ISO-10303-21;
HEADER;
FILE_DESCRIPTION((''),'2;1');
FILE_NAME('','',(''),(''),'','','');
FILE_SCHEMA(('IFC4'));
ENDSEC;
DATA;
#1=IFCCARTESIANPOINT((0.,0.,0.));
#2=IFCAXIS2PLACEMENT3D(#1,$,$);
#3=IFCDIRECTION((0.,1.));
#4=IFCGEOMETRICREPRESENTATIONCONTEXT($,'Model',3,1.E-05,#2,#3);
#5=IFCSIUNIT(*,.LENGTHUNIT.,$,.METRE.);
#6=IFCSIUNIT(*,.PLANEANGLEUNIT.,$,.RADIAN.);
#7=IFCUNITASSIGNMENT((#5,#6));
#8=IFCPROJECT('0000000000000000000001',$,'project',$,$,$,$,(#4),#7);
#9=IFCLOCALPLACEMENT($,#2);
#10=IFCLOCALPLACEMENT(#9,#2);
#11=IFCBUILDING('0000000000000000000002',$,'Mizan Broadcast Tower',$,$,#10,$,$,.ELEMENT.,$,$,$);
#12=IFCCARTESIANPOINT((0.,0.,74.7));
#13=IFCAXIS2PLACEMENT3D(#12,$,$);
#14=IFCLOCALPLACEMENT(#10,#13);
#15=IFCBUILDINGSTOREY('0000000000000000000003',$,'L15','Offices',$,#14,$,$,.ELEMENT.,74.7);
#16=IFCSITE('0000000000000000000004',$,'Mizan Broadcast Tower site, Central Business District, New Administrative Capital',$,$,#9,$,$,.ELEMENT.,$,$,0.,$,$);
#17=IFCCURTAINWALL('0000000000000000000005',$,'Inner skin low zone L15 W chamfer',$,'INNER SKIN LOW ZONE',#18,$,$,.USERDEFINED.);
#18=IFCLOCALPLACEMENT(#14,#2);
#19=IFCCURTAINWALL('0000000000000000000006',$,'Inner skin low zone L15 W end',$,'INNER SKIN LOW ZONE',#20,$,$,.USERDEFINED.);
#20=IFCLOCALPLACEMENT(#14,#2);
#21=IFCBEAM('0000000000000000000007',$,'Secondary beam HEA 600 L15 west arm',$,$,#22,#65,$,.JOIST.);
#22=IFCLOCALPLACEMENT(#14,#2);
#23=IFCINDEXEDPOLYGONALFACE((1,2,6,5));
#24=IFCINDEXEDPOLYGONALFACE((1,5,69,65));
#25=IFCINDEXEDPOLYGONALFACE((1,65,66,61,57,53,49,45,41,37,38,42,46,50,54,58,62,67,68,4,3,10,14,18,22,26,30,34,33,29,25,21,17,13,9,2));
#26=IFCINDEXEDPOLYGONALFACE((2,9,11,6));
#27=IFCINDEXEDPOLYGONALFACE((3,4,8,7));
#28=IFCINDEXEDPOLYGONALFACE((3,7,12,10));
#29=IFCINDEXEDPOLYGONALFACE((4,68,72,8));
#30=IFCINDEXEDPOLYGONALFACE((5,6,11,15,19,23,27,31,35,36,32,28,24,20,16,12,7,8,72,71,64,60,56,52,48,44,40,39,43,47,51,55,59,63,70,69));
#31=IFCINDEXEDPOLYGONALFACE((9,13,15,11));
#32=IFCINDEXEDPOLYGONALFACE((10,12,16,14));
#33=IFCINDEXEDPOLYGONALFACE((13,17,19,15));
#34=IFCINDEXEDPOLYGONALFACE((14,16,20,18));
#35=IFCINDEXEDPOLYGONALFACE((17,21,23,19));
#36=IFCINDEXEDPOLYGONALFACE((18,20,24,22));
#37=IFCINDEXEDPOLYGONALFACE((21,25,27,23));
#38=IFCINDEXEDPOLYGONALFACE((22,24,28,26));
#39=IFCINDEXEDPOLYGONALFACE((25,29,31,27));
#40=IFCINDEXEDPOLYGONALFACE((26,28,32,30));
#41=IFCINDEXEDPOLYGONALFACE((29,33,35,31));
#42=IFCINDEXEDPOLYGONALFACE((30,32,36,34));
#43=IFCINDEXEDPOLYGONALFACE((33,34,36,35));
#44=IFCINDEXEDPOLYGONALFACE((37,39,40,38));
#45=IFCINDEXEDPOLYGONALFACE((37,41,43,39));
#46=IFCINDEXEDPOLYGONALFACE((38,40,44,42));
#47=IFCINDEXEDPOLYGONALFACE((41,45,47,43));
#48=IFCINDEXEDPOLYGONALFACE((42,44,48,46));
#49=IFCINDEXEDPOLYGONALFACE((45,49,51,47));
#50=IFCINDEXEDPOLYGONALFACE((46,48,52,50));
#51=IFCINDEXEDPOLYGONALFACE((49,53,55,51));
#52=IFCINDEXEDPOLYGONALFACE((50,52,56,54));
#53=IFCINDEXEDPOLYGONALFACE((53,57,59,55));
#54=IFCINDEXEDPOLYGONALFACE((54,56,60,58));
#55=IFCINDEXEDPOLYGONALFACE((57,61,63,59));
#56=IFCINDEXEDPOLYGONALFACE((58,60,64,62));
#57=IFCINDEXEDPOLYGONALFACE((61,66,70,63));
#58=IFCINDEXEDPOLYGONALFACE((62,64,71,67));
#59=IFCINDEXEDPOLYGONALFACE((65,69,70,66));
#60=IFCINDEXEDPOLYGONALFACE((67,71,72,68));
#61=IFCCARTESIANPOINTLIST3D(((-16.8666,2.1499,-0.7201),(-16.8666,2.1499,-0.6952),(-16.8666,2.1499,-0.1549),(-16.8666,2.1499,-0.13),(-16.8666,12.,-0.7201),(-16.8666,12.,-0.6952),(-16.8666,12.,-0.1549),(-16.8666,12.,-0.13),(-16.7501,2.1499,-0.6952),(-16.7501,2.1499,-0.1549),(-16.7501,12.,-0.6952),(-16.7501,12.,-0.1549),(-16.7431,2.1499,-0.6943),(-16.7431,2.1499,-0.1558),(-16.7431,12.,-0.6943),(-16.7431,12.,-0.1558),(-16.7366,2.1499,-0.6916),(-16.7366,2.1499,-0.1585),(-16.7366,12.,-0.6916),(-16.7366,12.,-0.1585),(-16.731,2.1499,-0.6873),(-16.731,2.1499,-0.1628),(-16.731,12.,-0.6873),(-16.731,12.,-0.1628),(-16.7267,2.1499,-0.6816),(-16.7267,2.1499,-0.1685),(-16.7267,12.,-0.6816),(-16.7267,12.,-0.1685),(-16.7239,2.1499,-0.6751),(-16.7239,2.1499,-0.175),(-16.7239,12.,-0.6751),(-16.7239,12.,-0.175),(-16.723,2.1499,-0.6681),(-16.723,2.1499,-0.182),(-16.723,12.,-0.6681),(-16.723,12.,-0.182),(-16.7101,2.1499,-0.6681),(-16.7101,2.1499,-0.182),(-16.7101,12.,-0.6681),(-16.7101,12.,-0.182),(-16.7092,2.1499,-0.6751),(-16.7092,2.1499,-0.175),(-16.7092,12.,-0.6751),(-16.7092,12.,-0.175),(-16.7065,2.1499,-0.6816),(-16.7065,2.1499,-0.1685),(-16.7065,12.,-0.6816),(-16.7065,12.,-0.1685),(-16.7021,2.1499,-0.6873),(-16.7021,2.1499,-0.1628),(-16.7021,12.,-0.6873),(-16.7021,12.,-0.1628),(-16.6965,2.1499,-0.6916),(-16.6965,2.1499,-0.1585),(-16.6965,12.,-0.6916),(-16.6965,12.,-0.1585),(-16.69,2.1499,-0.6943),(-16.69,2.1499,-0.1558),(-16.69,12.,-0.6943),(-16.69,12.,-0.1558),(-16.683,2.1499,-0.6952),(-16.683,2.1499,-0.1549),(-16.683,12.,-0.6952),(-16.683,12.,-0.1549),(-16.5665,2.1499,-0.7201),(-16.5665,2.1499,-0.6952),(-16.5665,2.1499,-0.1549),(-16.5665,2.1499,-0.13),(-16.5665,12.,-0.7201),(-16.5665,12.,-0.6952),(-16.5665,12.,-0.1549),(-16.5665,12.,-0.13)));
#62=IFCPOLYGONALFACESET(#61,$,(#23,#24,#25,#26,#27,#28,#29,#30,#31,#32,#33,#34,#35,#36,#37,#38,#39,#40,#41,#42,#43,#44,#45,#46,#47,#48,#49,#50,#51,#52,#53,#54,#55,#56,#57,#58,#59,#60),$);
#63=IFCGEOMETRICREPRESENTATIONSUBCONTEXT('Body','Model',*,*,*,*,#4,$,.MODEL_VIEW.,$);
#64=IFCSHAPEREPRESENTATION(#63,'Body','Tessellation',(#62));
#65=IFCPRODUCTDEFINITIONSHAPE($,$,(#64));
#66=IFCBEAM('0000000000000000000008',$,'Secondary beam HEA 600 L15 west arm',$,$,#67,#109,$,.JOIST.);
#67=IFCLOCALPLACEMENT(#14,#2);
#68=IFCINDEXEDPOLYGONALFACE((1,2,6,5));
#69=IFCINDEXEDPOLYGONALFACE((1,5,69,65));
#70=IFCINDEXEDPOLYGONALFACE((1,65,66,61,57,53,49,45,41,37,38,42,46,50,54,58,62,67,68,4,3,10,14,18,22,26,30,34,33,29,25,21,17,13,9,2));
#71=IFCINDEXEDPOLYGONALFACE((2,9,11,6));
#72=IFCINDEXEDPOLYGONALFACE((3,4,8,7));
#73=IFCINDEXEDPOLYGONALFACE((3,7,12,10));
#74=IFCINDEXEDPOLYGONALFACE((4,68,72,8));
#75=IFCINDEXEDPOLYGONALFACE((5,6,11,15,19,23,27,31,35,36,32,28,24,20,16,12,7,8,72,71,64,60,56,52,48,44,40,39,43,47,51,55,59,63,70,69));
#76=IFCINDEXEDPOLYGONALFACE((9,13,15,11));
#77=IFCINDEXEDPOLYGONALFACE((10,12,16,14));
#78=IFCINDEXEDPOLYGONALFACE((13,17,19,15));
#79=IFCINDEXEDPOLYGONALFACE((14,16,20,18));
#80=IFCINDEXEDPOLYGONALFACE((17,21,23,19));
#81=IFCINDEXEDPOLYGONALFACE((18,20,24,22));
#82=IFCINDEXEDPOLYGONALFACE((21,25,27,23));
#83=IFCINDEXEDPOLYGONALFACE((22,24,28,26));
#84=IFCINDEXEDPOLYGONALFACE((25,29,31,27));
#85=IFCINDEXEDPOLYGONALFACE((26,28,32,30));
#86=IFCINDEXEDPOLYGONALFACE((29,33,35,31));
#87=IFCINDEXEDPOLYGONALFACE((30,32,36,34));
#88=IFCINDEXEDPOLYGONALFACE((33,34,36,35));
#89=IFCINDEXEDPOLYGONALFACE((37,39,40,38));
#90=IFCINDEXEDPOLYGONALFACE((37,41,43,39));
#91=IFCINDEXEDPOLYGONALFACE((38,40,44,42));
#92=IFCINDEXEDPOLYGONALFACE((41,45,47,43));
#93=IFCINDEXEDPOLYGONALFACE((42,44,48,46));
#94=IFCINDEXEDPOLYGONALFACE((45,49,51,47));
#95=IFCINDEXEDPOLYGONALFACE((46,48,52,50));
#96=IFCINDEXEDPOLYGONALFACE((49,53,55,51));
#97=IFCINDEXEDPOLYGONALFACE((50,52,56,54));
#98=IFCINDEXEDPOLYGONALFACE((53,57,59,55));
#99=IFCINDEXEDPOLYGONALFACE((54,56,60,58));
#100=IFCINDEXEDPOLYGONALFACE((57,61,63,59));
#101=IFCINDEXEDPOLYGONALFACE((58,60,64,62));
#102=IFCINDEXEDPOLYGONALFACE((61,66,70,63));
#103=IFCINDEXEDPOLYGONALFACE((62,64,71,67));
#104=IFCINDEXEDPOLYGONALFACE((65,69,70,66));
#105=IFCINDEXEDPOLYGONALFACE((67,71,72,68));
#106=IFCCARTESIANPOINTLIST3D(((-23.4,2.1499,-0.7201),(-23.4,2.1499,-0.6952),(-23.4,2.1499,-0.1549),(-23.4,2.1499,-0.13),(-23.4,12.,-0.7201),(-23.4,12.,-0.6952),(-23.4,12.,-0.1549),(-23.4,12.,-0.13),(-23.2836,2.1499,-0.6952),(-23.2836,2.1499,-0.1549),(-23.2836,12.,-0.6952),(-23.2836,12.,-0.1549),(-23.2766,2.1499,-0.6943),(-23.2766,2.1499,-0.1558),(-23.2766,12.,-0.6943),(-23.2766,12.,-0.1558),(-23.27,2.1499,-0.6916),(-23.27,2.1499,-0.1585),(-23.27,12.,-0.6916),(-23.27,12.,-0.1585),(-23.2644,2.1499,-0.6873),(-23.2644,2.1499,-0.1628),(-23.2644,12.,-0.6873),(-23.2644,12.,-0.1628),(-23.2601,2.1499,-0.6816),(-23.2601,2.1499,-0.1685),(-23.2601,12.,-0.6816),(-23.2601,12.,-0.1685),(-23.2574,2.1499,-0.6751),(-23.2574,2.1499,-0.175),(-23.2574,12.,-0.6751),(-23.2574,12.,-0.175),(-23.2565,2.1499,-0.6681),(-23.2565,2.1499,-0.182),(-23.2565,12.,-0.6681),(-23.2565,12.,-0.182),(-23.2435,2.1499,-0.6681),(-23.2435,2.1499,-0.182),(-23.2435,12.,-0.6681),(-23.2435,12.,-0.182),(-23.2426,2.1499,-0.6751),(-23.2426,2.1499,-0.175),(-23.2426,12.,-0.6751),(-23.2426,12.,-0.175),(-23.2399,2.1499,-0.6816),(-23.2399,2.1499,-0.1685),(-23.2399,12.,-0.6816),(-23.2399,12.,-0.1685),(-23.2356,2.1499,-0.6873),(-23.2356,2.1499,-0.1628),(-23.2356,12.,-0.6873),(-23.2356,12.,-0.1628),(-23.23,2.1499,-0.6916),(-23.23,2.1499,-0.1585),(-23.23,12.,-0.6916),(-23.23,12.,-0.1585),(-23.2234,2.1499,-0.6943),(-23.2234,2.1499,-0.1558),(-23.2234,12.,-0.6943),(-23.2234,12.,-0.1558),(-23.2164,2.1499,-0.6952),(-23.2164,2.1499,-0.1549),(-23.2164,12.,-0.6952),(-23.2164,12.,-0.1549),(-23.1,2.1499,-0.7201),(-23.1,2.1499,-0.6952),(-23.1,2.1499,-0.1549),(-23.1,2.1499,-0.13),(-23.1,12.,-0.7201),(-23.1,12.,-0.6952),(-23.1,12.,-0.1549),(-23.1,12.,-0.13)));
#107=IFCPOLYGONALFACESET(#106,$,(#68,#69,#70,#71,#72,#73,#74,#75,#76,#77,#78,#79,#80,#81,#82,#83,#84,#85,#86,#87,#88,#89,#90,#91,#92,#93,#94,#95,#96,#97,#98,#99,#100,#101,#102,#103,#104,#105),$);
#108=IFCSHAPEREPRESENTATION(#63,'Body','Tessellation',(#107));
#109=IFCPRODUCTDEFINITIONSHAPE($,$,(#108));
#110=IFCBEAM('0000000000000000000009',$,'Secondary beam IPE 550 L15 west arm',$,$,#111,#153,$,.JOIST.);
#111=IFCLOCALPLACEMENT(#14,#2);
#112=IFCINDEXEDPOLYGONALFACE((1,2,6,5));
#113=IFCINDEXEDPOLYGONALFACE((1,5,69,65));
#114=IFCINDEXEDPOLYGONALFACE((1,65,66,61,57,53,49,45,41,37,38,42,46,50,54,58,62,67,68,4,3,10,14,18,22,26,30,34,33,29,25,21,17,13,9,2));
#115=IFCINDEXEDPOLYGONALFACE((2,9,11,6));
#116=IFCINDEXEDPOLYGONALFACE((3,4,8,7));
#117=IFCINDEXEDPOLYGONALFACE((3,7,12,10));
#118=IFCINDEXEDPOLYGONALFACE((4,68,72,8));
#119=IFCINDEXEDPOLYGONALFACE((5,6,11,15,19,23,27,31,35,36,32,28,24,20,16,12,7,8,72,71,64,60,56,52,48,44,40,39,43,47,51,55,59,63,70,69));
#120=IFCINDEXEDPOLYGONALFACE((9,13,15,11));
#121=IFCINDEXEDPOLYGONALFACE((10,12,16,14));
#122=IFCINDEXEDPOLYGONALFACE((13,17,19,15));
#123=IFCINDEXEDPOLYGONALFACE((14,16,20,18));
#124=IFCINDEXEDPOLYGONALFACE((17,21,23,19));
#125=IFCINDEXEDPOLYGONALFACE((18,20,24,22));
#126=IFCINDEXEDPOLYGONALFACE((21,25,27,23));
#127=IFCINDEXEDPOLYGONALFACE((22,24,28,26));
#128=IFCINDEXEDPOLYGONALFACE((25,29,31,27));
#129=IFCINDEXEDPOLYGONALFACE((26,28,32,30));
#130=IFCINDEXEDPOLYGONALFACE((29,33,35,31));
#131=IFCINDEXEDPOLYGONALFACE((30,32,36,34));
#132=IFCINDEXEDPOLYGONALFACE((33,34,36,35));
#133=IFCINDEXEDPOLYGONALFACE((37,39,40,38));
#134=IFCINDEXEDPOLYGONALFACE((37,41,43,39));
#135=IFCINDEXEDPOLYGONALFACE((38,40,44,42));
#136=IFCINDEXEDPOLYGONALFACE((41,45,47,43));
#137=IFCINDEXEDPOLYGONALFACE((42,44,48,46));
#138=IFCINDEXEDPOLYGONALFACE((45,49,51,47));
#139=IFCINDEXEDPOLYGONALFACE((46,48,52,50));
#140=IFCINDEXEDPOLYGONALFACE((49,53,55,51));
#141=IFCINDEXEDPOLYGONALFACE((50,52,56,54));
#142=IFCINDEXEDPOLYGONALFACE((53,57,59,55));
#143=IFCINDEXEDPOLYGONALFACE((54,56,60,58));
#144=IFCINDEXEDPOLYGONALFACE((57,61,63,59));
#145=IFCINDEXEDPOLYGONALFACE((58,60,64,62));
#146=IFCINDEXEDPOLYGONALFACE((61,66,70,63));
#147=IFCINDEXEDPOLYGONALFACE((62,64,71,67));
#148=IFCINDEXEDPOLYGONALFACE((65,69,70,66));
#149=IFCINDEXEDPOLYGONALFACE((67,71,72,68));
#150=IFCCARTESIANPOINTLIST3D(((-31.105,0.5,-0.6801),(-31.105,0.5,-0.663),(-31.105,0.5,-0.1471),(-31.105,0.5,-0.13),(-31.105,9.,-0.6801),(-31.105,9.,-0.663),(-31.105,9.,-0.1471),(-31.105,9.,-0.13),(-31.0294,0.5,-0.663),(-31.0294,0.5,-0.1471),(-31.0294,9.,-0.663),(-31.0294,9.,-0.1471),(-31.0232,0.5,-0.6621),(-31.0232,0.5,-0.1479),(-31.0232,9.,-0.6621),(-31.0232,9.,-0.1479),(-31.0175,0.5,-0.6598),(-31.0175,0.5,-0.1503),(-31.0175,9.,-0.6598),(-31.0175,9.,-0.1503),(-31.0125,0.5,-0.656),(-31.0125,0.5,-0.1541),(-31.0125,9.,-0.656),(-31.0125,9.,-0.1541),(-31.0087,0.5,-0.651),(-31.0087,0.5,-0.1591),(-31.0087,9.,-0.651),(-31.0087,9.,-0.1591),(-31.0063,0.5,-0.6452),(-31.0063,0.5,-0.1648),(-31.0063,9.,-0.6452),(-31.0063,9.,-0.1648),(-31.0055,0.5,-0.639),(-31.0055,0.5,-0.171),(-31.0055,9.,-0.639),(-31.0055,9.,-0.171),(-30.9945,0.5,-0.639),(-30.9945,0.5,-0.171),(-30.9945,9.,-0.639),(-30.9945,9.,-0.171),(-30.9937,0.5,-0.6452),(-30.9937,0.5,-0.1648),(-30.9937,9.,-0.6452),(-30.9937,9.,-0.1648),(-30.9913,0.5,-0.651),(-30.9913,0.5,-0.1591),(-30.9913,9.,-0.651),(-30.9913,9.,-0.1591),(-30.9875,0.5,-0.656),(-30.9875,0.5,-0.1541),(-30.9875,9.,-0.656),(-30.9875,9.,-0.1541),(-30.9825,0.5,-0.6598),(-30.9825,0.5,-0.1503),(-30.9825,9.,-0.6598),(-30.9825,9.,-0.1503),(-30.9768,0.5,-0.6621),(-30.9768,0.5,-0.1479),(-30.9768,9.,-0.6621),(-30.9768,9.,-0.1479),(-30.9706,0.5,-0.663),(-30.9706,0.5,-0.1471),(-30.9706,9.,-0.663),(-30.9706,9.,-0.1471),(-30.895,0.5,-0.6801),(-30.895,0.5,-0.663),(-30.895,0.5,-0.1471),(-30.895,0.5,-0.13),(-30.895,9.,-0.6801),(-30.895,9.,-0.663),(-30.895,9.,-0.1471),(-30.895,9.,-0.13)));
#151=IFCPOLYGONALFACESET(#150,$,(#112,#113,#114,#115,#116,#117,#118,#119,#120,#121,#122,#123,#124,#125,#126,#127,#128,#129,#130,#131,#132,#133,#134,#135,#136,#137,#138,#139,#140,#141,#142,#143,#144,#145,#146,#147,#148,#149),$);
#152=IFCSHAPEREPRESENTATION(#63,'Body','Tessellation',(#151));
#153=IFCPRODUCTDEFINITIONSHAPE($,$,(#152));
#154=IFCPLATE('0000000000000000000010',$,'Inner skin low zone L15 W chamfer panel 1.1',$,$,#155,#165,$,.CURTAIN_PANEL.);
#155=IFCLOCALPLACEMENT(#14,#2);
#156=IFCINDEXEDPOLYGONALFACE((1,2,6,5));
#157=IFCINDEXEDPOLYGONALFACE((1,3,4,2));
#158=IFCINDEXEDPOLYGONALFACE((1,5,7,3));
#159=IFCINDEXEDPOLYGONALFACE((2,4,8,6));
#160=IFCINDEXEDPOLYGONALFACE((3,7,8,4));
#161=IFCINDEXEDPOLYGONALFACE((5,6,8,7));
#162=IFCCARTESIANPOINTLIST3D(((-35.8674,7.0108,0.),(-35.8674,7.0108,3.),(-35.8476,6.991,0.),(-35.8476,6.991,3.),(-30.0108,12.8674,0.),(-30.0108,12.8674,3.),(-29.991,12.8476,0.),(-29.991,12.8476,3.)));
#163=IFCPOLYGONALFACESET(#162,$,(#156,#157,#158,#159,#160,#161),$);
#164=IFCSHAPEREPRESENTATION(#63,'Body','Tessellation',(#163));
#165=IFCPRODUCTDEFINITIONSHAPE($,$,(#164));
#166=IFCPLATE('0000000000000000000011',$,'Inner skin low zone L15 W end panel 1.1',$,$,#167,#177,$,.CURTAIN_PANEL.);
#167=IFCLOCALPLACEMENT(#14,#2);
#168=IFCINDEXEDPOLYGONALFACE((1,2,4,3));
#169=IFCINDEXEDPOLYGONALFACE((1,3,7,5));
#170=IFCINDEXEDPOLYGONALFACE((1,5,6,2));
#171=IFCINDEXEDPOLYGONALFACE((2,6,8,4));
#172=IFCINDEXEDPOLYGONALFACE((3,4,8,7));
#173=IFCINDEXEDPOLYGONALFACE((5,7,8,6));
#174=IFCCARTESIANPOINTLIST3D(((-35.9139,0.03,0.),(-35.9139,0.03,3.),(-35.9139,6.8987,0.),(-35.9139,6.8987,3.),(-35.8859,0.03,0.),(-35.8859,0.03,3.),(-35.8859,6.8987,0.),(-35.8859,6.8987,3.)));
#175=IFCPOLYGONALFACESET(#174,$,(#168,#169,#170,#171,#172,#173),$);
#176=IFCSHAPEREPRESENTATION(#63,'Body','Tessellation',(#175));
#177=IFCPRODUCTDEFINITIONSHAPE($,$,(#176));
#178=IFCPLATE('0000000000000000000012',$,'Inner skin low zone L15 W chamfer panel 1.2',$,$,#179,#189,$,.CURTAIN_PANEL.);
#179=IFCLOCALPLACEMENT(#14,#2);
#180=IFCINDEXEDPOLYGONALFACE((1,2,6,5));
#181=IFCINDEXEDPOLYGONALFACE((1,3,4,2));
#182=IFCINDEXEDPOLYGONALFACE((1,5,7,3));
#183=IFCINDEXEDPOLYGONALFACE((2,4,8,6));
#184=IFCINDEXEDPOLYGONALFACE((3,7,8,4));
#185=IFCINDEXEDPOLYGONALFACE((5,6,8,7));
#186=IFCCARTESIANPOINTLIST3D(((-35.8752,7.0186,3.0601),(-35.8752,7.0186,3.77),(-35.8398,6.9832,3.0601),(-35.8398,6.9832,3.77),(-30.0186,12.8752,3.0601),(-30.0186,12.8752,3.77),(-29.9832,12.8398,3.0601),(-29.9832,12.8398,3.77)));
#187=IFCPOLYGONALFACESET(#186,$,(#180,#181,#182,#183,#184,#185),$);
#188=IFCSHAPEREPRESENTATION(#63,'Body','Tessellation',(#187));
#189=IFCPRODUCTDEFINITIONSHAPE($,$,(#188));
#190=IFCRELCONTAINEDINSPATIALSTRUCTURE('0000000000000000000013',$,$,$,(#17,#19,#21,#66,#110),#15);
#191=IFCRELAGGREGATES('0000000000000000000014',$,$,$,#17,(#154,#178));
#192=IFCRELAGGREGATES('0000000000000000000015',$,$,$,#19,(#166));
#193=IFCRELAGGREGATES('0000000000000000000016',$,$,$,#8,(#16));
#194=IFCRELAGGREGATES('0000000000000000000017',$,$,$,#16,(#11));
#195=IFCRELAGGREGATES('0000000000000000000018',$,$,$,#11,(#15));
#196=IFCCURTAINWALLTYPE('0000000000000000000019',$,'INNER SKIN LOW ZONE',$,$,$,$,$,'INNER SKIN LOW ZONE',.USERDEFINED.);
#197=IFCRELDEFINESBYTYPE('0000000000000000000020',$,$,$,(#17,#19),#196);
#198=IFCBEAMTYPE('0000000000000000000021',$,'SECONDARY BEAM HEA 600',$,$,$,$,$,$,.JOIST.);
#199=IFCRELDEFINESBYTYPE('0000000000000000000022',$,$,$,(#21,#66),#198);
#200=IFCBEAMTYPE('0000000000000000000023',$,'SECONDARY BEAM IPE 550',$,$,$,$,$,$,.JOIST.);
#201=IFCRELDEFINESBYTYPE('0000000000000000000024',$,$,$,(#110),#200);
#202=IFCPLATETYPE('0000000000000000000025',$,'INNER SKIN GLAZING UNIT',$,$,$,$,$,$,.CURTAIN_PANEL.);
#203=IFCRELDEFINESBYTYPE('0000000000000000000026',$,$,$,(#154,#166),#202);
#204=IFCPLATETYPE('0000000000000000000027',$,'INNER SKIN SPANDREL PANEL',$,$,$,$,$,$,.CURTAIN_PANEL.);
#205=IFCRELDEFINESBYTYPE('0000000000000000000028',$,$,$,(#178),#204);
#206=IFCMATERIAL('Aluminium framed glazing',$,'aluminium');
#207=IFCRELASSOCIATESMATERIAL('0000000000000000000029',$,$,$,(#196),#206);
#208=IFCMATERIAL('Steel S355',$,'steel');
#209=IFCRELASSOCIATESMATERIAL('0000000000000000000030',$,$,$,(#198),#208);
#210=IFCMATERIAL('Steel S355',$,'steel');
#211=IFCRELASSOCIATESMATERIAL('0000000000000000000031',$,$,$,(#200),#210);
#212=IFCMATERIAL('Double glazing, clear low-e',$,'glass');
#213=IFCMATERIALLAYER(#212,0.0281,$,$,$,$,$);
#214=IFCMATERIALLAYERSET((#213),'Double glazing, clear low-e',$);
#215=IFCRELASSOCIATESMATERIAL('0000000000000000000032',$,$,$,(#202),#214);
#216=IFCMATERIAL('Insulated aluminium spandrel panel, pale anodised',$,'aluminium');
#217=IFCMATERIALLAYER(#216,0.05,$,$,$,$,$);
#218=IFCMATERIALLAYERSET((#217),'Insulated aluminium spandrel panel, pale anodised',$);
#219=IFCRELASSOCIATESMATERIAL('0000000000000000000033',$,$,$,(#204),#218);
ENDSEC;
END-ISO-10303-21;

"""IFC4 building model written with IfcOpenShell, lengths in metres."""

from ifc_helpers import new_model, si_unit, direction, frame, origin, origin_2d, place, context, subcontext, project, spatial, rectangle, i_section, extrude, material, layer, layer_set, material_profile, profile_set, type_object, element, aggregate, save


model = new_model("IFC4")

# Units and contexts
model_context = context("Model", 3, precision=1e-05, world=origin(), true_north=direction((0.0, 1.0)))
body_context = subcontext(model_context, "Body", "Model", "MODEL_VIEW")
ifc_project = project(units=[si_unit("LENGTHUNIT", "METRE"), si_unit("PLANEANGLEUNIT", "RADIAN")], contexts=[model_context])

# Site, building, storey
site_placement = place(None, origin())
site = spatial("IfcSite", under=ifc_project, at=site_placement, Name="Mizan Broadcast Tower site, Central Business District, New Administrative Capital", CompositionType="ELEMENT", RefElevation=0.0)
building_placement = place(site_placement, origin())
building = spatial("IfcBuilding", under=site, at=building_placement, Name="Mizan Broadcast Tower", CompositionType="ELEMENT")
storey_placement = place(building_placement, frame((0.0, 0.0, 74.7)))
storey = spatial("IfcBuildingStorey", under=building, at=storey_placement, Name="L15", Description="Offices", CompositionType="ELEMENT", Elevation=74.7)

# Curtain walls
ifc_material_1 = material(Name="Aluminium framed glazing", Category="aluminium")
curtain_wall_type_1 = type_object("IfcCurtainWallType", Name="INNER SKIN LOW ZONE", ElementType="INNER SKIN LOW ZONE", PredefinedType="USERDEFINED", material=ifc_material_1)
curtain_wall_1_placement = place(storey_placement, origin())
curtain_wall_1 = element("IfcCurtainWall", 1, at=curtain_wall_1_placement, inside=storey, type_object=curtain_wall_type_1, Name="Inner skin low zone L15 W chamfer", ObjectType="INNER SKIN LOW ZONE", PredefinedType="USERDEFINED")
curtain_wall_2_placement = place(storey_placement, origin())
curtain_wall_2 = element("IfcCurtainWall", 2, at=curtain_wall_2_placement, inside=storey, type_object=curtain_wall_type_1, Name="Inner skin low zone L15 W end", ObjectType="INNER SKIN LOW ZONE", PredefinedType="USERDEFINED")

# Beams
ifc_material_2 = material(Name="Steel S355", Category="steel")
ifc_material_profile_1 = material_profile(ifc_material_2, i_section(OverallWidth=0.3, OverallDepth=0.5901, WebThickness=0.0129, FlangeThickness=0.0249, FilletRadius=0.0271, at=origin_2d()), Name="HEA 600")
ifc_profile_set_1 = profile_set([ifc_material_profile_1], Name="Steel S355")
beam_type_1 = type_object("IfcBeamType", Name="SECONDARY BEAM HEA 600", PredefinedType="JOIST", material=ifc_profile_set_1)
for number, where, z_axis, x_axis, name in (
    (3, (-16.7166, 12.0, -0.425), (0.0, -1.0, 0.0), (1.0, 0.0, 0.0), "Secondary beam HEA 600 L15 west arm"),
    (4, (-23.25, 12.0, -0.425), (0.0, -1.0, 0.0), (1.0, 0.0, 0.0), "Secondary beam HEA 600 L15 west arm"),
):
    element("IfcBeam", number, at=place(storey_placement, frame(where, z_axis=z_axis, x_axis=x_axis)), inside=storey, type_object=beam_type_1, Name=name, PredefinedType="JOIST", context=body_context, shape_type="SweptSolid", body=[
        extrude(i_section(OverallWidth=0.3, OverallDepth=0.5901, WebThickness=0.0129, FlangeThickness=0.0249, FilletRadius=0.0271, at=origin_2d()), origin(), (0.0, 0.0, 1.0), 9.8501),
    ])
ifc_material_3 = material(Name="Steel S355", Category="steel")
ifc_material_profile_2 = material_profile(ifc_material_3, i_section(OverallWidth=0.21, OverallDepth=0.55, WebThickness=0.011, FlangeThickness=0.0171, FilletRadius=0.0239, at=origin_2d()), Name="IPE 550")
ifc_profile_set_2 = profile_set([ifc_material_profile_2], Name="Steel S355")
beam_type_2 = type_object("IfcBeamType", Name="SECONDARY BEAM IPE 550", PredefinedType="JOIST", material=ifc_profile_set_2)
beam_1_placement = place(storey_placement, frame((-31.0, 9.0, -0.405), z_axis=(0.0, -1.0, 0.0), x_axis=(1.0, 0.0, 0.0)))
element("IfcBeam", 5, at=beam_1_placement, inside=storey, type_object=beam_type_2, Name="Secondary beam IPE 550 L15 west arm", PredefinedType="JOIST", context=body_context, shape_type="SweptSolid", body=[
    extrude(i_section(OverallWidth=0.21, OverallDepth=0.55, WebThickness=0.011, FlangeThickness=0.0171, FilletRadius=0.0239, at=origin_2d()), origin(), (0.0, 0.0, 1.0), 8.5),
])

# Plates
ifc_material_4 = material(Name="Double glazing, clear low-e", Category="glass")
ifc_layer_1 = layer(ifc_material_4, 0.0281)
ifc_layer_set_1 = layer_set([ifc_layer_1], Name="Double glazing, clear low-e")
plate_type_1 = type_object("IfcPlateType", Name="INNER SKIN GLAZING UNIT", PredefinedType="CURTAIN_PANEL", material=ifc_layer_set_1)
plate_1_placement = place(storey_placement, frame((-32.9292, 9.9292, 0.0), z_axis=(0.0, 0.0, 1.0), x_axis=(-0.707107, -0.707107, 0.0)))
plate_1 = element("IfcPlate", 6, at=plate_1_placement, type_object=plate_type_1, Name="Inner skin low zone L15 W chamfer panel 1.1", PredefinedType="CURTAIN_PANEL", context=body_context, shape_type="SweptSolid", body=[
    extrude(rectangle(XDim=8.2825, YDim=0.0281, at=origin_2d()), origin(), (0.0, 0.0, 1.0), 3.0),
])
plate_2_placement = place(storey_placement, frame((-35.8999, 3.4644, 0.0), z_axis=(0.0, 0.0, 1.0), x_axis=(0.0, -1.0, 0.0)))
plate_2 = element("IfcPlate", 7, at=plate_2_placement, type_object=plate_type_1, Name="Inner skin low zone L15 W end panel 1.1", PredefinedType="CURTAIN_PANEL", context=body_context, shape_type="SweptSolid", body=[
    extrude(rectangle(XDim=6.8687, YDim=0.0281, at=origin_2d()), origin(), (0.0, 0.0, 1.0), 3.0),
])
ifc_material_5 = material(Name="Insulated aluminium spandrel panel, pale anodised", Category="aluminium")
ifc_layer_2 = layer(ifc_material_5, 0.05)
ifc_layer_set_2 = layer_set([ifc_layer_2], Name="Insulated aluminium spandrel panel, pale anodised")
plate_type_2 = type_object("IfcPlateType", Name="INNER SKIN SPANDREL PANEL", PredefinedType="CURTAIN_PANEL", material=ifc_layer_set_2)
plate_3_placement = place(storey_placement, frame((-32.9292, 9.9292, 3.0601), z_axis=(0.0, 0.0, 1.0), x_axis=(-0.707107, -0.707107, 0.0)))
plate_3 = element("IfcPlate", 8, at=plate_3_placement, type_object=plate_type_2, Name="Inner skin low zone L15 W chamfer panel 1.2", PredefinedType="CURTAIN_PANEL", context=body_context, shape_type="SweptSolid", body=[
    extrude(rectangle(XDim=8.2825, YDim=0.05, at=origin_2d()), origin(), (0.0, 0.0, 1.0), 0.71),
])
aggregate(curtain_wall_1, [plate_1, plate_3])
aggregate(curtain_wall_2, [plate_2])

save(model, "model.ifc")
